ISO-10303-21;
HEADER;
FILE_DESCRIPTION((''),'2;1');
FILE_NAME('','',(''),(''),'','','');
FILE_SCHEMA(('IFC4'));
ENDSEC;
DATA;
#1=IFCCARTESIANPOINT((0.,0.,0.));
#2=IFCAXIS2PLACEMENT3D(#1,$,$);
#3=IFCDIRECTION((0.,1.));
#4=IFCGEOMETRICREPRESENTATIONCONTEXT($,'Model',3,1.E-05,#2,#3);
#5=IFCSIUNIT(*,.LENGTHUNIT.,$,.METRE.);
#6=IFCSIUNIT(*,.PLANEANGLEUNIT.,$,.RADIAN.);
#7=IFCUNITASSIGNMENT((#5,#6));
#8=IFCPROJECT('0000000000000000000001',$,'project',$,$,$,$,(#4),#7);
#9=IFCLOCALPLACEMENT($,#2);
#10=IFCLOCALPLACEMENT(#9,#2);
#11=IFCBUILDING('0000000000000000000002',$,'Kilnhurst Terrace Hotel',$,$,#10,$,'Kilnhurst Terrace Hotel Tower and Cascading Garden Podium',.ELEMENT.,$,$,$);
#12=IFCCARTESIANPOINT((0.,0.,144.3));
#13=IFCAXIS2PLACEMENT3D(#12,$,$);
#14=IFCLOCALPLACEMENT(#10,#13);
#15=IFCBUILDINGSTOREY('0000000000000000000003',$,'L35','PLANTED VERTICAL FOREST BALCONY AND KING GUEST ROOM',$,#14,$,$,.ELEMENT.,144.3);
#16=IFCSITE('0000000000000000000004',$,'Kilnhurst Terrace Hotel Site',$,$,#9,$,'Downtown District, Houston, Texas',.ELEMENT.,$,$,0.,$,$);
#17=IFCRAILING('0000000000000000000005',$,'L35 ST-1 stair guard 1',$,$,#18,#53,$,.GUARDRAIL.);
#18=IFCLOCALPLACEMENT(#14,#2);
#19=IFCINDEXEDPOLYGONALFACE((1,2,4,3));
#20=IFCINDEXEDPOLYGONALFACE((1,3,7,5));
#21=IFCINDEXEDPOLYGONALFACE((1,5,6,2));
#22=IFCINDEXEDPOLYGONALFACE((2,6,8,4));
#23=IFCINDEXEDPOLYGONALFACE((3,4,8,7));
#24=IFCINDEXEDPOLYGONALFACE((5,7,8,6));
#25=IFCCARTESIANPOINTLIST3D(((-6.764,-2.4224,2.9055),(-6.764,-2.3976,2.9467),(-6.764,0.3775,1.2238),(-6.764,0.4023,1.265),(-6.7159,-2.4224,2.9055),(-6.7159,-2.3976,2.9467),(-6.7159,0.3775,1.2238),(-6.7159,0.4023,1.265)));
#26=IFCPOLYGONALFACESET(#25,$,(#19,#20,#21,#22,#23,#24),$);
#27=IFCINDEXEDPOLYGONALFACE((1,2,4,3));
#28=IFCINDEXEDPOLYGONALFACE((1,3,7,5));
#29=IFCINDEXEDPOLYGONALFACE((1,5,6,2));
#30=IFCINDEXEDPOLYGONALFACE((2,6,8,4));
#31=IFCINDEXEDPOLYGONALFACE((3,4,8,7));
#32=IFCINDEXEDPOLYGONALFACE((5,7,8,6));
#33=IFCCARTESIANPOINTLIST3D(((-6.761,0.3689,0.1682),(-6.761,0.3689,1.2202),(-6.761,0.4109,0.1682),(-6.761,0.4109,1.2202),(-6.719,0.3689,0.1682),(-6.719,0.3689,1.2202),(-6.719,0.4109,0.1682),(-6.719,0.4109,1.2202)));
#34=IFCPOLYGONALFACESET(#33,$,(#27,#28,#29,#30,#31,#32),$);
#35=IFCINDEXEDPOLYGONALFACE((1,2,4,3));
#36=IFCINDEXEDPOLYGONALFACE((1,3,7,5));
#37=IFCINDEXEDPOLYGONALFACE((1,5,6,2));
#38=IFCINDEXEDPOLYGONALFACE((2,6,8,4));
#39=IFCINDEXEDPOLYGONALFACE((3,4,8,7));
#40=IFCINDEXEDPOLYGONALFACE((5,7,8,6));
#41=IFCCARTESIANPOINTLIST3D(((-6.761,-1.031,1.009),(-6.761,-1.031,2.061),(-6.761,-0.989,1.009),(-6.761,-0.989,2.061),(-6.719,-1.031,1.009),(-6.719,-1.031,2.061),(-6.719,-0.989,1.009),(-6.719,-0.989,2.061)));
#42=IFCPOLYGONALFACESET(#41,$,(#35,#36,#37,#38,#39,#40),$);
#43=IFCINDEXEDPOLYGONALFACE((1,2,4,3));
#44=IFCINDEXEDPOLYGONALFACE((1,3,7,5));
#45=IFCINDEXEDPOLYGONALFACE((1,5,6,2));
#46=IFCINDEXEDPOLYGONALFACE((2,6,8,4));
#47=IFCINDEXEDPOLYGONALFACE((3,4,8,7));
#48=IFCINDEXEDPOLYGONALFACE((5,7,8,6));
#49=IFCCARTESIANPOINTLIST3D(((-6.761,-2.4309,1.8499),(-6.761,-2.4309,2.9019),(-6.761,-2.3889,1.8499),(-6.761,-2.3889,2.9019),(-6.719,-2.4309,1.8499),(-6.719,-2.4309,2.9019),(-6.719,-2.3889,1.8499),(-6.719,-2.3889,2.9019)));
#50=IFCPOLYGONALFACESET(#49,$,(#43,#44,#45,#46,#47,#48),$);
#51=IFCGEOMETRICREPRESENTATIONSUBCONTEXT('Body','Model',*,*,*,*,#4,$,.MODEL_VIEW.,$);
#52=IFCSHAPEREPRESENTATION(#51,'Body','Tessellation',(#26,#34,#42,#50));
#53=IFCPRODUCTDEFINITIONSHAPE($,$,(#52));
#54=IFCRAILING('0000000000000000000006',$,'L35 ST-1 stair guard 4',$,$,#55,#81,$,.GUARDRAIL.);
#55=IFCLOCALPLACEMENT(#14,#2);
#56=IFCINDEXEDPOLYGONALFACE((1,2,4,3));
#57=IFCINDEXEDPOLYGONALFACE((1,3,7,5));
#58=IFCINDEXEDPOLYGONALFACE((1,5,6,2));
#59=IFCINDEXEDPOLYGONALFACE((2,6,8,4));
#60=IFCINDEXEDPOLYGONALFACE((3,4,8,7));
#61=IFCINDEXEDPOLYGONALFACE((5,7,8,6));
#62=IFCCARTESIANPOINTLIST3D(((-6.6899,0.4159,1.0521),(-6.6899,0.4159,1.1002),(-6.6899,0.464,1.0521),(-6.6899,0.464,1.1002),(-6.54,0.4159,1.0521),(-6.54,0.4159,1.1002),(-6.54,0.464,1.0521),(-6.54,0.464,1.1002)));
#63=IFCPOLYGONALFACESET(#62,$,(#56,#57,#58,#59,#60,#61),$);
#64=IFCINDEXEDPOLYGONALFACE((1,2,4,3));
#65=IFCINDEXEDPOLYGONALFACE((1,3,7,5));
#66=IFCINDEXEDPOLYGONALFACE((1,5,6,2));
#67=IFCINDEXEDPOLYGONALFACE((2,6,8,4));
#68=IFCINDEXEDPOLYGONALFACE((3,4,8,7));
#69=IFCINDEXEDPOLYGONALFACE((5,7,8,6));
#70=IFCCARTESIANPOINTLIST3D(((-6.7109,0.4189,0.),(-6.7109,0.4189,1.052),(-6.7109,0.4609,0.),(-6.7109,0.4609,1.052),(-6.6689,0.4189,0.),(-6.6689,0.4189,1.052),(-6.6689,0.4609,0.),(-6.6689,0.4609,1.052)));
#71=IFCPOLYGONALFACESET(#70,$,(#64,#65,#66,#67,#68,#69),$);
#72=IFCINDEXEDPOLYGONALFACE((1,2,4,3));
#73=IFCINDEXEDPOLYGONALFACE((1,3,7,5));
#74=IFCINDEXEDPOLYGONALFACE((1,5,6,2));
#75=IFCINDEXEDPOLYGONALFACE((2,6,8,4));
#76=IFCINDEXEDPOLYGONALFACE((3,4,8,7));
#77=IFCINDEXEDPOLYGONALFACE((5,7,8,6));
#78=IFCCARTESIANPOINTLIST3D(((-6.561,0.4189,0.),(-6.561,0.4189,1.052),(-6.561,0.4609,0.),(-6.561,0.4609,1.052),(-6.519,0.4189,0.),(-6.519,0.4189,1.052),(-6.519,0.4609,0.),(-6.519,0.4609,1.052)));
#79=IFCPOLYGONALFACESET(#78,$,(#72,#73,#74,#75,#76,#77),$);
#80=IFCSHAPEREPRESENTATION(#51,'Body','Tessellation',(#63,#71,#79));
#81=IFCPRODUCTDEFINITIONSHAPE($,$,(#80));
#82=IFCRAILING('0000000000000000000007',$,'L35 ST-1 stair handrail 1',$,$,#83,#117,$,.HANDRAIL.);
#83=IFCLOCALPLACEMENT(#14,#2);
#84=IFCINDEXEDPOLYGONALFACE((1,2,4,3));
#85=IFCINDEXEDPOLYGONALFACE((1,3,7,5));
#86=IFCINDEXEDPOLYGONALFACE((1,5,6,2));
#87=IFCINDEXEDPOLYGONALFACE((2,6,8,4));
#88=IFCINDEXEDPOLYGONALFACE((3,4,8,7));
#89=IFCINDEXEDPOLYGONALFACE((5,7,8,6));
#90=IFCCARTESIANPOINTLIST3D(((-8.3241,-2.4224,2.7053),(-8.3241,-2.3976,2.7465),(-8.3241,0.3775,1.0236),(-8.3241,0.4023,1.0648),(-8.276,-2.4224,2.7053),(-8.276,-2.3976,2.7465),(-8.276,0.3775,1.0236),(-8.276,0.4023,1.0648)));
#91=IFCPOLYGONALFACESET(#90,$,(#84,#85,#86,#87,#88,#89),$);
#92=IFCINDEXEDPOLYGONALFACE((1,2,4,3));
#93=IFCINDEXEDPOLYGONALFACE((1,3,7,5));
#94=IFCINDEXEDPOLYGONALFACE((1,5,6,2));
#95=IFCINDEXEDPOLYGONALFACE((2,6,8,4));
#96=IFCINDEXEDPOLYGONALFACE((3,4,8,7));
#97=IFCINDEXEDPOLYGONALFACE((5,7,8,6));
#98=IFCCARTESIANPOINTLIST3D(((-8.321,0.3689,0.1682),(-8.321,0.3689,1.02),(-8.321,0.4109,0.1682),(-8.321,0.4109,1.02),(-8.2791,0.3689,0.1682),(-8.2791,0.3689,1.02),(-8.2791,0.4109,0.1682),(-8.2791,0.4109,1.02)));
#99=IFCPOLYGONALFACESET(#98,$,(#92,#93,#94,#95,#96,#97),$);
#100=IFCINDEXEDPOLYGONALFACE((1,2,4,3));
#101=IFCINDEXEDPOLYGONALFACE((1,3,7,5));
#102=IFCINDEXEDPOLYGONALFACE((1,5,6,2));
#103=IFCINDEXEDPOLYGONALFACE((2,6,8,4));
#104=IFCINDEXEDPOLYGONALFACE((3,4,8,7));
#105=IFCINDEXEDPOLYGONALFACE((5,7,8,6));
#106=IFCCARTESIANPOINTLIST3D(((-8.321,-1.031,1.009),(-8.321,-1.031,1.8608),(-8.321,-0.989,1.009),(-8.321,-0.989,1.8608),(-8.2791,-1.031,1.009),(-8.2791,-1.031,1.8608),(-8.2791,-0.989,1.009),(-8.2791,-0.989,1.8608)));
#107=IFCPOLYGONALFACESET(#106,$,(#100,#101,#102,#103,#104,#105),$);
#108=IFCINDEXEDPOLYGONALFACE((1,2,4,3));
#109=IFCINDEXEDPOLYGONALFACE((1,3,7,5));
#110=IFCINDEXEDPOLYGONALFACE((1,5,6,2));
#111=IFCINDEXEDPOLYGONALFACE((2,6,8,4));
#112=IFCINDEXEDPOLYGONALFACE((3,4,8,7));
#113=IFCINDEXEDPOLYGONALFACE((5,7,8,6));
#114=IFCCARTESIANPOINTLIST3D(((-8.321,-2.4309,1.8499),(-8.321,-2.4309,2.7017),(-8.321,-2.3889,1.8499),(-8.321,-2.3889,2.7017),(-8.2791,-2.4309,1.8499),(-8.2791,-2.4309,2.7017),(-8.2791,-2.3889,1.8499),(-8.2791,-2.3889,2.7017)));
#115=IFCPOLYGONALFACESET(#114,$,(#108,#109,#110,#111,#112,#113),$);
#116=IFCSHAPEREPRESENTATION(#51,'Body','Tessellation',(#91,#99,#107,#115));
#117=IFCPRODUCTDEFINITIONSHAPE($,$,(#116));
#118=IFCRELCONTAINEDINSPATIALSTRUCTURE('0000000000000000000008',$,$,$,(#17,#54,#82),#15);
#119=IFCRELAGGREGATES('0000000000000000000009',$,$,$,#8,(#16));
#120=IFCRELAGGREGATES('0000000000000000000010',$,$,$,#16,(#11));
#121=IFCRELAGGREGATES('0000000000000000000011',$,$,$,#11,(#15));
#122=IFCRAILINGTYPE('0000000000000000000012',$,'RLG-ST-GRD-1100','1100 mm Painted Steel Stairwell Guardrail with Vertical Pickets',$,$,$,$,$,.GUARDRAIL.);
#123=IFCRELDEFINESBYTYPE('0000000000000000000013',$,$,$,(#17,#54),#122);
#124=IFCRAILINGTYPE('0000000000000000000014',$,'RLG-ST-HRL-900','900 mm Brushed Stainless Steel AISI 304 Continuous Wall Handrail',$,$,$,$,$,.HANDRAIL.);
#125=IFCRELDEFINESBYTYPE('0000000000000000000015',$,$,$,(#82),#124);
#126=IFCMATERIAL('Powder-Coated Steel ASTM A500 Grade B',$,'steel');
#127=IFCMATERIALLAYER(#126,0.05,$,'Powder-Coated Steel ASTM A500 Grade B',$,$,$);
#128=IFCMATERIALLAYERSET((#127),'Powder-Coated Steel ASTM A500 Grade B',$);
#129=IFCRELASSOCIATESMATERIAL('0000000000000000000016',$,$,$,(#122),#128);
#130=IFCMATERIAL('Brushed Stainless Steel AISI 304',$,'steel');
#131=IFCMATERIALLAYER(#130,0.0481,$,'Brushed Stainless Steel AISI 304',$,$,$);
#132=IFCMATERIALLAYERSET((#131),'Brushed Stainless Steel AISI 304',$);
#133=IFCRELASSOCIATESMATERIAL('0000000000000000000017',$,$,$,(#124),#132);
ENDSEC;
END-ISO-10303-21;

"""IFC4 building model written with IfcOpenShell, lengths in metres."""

from ifc_helpers import new_model, si_unit, direction, frame, origin, origin_2d, place, context, subcontext, project, spatial, rectangle, extrude, material, layer, layer_set, type_object, element, save


model = new_model("IFC4")

# Units and contexts
model_context = context("Model", 3, precision=1e-05, world=origin(), true_north=direction((0.0, 1.0)))
body_context = subcontext(model_context, "Body", "Model", "MODEL_VIEW")
ifc_project = project(units=[si_unit("LENGTHUNIT", "METRE"), si_unit("PLANEANGLEUNIT", "RADIAN")], contexts=[model_context])

# Site, building, storey
site_placement = place(None, origin())
site = spatial("IfcSite", under=ifc_project, at=site_placement, Name="Kilnhurst Terrace Hotel Site", LongName="Downtown District, Houston, Texas", CompositionType="ELEMENT", RefElevation=0.0)
building_placement = place(site_placement, origin())
building = spatial("IfcBuilding", under=site, at=building_placement, Name="Kilnhurst Terrace Hotel", LongName="Kilnhurst Terrace Hotel Tower and Cascading Garden Podium", CompositionType="ELEMENT")
storey_placement = place(building_placement, frame((0.0, 0.0, 144.3)))
storey = spatial("IfcBuildingStorey", under=building, at=storey_placement, Name="L35", Description="PLANTED VERTICAL FOREST BALCONY AND KING GUEST ROOM", CompositionType="ELEMENT", Elevation=144.3)

# Railings
ifc_material_1 = material(Name="Powder-Coated Steel ASTM A500 Grade B", Category="steel")
ifc_layer_1 = layer(ifc_material_1, 0.05, Name="Powder-Coated Steel ASTM A500 Grade B")
ifc_layer_set_1 = layer_set([ifc_layer_1], Name="Powder-Coated Steel ASTM A500 Grade B")
railing_type_1 = type_object("IfcRailingType", Name="RLG-ST-GRD-1100", Description="1100 mm Painted Steel Stairwell Guardrail with Vertical Pickets", PredefinedType="GUARDRAIL", material=ifc_layer_set_1)
railing_1_placement = place(storey_placement, frame((-6.74, 0.3899, 0.1682)))
element("IfcRailing", 1, at=railing_1_placement, inside=storey, type_object=railing_type_1, Name="L35 ST-1 stair guard 1", PredefinedType="GUARDRAIL", context=body_context, shape_type="SweptSolid", body=[
    extrude(rectangle(XDim=0.0481, YDim=0.0481, at=origin_2d()), frame((0.0, 0.0, 1.0762), z_axis=(0.0, -0.857255, 0.514891), x_axis=(1.0, 0.0, 0.0)), (0.0, 0.0, 1.0), 3.2661),
    extrude(rectangle(XDim=0.042, YDim=0.042, at=origin_2d()), origin(), (0.0, 0.0, 1.0), 1.052),
    extrude(rectangle(XDim=0.042, YDim=0.042, at=origin_2d()), frame((0.0, -1.3999, 0.8408)), (0.0, 0.0, 1.0), 1.052),
    extrude(rectangle(XDim=0.042, YDim=0.042, at=origin_2d()), frame((0.0, -2.7998, 1.6816)), (0.0, 0.0, 1.0), 1.052),
])
railing_2_placement = place(storey_placement, frame((-6.6899, 0.4399, 0.0)))
element("IfcRailing", 2, at=railing_2_placement, inside=storey, type_object=railing_type_1, Name="L35 ST-1 stair guard 4", PredefinedType="GUARDRAIL", context=body_context, shape_type="SweptSolid", body=[
    extrude(rectangle(XDim=0.0481, YDim=0.0481, at=origin_2d()), frame((0.0, 0.0, 1.0762), z_axis=(1.0, 0.0, 0.0), x_axis=(0.0, 1.0, 0.0)), (0.0, 0.0, 1.0), 0.1499),
    extrude(rectangle(XDim=0.042, YDim=0.042, at=origin_2d()), origin(), (0.0, 0.0, 1.0), 1.052),
    extrude(rectangle(XDim=0.042, YDim=0.042, at=origin_2d()), frame((0.1499, 0.0, 0.0)), (0.0, 0.0, 1.0), 1.052),
])
ifc_material_2 = material(Name="Brushed Stainless Steel AISI 304", Category="steel")
ifc_layer_2 = layer(ifc_material_2, 0.0481, Name="Brushed Stainless Steel AISI 304")
ifc_layer_set_2 = layer_set([ifc_layer_2], Name="Brushed Stainless Steel AISI 304")
railing_type_2 = type_object("IfcRailingType", Name="RLG-ST-HRL-900", Description="900 mm Brushed Stainless Steel AISI 304 Continuous Wall Handrail", PredefinedType="HANDRAIL", material=ifc_layer_set_2)
railing_3_placement = place(storey_placement, frame((-8.3, 0.3899, 0.1682)))
element("IfcRailing", 3, at=railing_3_placement, inside=storey, type_object=railing_type_2, Name="L35 ST-1 stair handrail 1", PredefinedType="HANDRAIL", context=body_context, shape_type="SweptSolid", body=[
    extrude(rectangle(XDim=0.0481, YDim=0.0481, at=origin_2d()), frame((0.0, 0.0, 0.876), z_axis=(0.0, -0.857255, 0.514891), x_axis=(1.0, 0.0, 0.0)), (0.0, 0.0, 1.0), 3.2661),
    extrude(rectangle(XDim=0.042, YDim=0.042, at=origin_2d()), origin(), (0.0, 0.0, 1.0), 0.8518),
    extrude(rectangle(XDim=0.042, YDim=0.042, at=origin_2d()), frame((0.0, -1.3999, 0.8408)), (0.0, 0.0, 1.0), 0.8518),
    extrude(rectangle(XDim=0.042, YDim=0.042, at=origin_2d()), frame((0.0, -2.7998, 1.6816)), (0.0, 0.0, 1.0), 0.8518),
])

save(model, "model.ifc")
